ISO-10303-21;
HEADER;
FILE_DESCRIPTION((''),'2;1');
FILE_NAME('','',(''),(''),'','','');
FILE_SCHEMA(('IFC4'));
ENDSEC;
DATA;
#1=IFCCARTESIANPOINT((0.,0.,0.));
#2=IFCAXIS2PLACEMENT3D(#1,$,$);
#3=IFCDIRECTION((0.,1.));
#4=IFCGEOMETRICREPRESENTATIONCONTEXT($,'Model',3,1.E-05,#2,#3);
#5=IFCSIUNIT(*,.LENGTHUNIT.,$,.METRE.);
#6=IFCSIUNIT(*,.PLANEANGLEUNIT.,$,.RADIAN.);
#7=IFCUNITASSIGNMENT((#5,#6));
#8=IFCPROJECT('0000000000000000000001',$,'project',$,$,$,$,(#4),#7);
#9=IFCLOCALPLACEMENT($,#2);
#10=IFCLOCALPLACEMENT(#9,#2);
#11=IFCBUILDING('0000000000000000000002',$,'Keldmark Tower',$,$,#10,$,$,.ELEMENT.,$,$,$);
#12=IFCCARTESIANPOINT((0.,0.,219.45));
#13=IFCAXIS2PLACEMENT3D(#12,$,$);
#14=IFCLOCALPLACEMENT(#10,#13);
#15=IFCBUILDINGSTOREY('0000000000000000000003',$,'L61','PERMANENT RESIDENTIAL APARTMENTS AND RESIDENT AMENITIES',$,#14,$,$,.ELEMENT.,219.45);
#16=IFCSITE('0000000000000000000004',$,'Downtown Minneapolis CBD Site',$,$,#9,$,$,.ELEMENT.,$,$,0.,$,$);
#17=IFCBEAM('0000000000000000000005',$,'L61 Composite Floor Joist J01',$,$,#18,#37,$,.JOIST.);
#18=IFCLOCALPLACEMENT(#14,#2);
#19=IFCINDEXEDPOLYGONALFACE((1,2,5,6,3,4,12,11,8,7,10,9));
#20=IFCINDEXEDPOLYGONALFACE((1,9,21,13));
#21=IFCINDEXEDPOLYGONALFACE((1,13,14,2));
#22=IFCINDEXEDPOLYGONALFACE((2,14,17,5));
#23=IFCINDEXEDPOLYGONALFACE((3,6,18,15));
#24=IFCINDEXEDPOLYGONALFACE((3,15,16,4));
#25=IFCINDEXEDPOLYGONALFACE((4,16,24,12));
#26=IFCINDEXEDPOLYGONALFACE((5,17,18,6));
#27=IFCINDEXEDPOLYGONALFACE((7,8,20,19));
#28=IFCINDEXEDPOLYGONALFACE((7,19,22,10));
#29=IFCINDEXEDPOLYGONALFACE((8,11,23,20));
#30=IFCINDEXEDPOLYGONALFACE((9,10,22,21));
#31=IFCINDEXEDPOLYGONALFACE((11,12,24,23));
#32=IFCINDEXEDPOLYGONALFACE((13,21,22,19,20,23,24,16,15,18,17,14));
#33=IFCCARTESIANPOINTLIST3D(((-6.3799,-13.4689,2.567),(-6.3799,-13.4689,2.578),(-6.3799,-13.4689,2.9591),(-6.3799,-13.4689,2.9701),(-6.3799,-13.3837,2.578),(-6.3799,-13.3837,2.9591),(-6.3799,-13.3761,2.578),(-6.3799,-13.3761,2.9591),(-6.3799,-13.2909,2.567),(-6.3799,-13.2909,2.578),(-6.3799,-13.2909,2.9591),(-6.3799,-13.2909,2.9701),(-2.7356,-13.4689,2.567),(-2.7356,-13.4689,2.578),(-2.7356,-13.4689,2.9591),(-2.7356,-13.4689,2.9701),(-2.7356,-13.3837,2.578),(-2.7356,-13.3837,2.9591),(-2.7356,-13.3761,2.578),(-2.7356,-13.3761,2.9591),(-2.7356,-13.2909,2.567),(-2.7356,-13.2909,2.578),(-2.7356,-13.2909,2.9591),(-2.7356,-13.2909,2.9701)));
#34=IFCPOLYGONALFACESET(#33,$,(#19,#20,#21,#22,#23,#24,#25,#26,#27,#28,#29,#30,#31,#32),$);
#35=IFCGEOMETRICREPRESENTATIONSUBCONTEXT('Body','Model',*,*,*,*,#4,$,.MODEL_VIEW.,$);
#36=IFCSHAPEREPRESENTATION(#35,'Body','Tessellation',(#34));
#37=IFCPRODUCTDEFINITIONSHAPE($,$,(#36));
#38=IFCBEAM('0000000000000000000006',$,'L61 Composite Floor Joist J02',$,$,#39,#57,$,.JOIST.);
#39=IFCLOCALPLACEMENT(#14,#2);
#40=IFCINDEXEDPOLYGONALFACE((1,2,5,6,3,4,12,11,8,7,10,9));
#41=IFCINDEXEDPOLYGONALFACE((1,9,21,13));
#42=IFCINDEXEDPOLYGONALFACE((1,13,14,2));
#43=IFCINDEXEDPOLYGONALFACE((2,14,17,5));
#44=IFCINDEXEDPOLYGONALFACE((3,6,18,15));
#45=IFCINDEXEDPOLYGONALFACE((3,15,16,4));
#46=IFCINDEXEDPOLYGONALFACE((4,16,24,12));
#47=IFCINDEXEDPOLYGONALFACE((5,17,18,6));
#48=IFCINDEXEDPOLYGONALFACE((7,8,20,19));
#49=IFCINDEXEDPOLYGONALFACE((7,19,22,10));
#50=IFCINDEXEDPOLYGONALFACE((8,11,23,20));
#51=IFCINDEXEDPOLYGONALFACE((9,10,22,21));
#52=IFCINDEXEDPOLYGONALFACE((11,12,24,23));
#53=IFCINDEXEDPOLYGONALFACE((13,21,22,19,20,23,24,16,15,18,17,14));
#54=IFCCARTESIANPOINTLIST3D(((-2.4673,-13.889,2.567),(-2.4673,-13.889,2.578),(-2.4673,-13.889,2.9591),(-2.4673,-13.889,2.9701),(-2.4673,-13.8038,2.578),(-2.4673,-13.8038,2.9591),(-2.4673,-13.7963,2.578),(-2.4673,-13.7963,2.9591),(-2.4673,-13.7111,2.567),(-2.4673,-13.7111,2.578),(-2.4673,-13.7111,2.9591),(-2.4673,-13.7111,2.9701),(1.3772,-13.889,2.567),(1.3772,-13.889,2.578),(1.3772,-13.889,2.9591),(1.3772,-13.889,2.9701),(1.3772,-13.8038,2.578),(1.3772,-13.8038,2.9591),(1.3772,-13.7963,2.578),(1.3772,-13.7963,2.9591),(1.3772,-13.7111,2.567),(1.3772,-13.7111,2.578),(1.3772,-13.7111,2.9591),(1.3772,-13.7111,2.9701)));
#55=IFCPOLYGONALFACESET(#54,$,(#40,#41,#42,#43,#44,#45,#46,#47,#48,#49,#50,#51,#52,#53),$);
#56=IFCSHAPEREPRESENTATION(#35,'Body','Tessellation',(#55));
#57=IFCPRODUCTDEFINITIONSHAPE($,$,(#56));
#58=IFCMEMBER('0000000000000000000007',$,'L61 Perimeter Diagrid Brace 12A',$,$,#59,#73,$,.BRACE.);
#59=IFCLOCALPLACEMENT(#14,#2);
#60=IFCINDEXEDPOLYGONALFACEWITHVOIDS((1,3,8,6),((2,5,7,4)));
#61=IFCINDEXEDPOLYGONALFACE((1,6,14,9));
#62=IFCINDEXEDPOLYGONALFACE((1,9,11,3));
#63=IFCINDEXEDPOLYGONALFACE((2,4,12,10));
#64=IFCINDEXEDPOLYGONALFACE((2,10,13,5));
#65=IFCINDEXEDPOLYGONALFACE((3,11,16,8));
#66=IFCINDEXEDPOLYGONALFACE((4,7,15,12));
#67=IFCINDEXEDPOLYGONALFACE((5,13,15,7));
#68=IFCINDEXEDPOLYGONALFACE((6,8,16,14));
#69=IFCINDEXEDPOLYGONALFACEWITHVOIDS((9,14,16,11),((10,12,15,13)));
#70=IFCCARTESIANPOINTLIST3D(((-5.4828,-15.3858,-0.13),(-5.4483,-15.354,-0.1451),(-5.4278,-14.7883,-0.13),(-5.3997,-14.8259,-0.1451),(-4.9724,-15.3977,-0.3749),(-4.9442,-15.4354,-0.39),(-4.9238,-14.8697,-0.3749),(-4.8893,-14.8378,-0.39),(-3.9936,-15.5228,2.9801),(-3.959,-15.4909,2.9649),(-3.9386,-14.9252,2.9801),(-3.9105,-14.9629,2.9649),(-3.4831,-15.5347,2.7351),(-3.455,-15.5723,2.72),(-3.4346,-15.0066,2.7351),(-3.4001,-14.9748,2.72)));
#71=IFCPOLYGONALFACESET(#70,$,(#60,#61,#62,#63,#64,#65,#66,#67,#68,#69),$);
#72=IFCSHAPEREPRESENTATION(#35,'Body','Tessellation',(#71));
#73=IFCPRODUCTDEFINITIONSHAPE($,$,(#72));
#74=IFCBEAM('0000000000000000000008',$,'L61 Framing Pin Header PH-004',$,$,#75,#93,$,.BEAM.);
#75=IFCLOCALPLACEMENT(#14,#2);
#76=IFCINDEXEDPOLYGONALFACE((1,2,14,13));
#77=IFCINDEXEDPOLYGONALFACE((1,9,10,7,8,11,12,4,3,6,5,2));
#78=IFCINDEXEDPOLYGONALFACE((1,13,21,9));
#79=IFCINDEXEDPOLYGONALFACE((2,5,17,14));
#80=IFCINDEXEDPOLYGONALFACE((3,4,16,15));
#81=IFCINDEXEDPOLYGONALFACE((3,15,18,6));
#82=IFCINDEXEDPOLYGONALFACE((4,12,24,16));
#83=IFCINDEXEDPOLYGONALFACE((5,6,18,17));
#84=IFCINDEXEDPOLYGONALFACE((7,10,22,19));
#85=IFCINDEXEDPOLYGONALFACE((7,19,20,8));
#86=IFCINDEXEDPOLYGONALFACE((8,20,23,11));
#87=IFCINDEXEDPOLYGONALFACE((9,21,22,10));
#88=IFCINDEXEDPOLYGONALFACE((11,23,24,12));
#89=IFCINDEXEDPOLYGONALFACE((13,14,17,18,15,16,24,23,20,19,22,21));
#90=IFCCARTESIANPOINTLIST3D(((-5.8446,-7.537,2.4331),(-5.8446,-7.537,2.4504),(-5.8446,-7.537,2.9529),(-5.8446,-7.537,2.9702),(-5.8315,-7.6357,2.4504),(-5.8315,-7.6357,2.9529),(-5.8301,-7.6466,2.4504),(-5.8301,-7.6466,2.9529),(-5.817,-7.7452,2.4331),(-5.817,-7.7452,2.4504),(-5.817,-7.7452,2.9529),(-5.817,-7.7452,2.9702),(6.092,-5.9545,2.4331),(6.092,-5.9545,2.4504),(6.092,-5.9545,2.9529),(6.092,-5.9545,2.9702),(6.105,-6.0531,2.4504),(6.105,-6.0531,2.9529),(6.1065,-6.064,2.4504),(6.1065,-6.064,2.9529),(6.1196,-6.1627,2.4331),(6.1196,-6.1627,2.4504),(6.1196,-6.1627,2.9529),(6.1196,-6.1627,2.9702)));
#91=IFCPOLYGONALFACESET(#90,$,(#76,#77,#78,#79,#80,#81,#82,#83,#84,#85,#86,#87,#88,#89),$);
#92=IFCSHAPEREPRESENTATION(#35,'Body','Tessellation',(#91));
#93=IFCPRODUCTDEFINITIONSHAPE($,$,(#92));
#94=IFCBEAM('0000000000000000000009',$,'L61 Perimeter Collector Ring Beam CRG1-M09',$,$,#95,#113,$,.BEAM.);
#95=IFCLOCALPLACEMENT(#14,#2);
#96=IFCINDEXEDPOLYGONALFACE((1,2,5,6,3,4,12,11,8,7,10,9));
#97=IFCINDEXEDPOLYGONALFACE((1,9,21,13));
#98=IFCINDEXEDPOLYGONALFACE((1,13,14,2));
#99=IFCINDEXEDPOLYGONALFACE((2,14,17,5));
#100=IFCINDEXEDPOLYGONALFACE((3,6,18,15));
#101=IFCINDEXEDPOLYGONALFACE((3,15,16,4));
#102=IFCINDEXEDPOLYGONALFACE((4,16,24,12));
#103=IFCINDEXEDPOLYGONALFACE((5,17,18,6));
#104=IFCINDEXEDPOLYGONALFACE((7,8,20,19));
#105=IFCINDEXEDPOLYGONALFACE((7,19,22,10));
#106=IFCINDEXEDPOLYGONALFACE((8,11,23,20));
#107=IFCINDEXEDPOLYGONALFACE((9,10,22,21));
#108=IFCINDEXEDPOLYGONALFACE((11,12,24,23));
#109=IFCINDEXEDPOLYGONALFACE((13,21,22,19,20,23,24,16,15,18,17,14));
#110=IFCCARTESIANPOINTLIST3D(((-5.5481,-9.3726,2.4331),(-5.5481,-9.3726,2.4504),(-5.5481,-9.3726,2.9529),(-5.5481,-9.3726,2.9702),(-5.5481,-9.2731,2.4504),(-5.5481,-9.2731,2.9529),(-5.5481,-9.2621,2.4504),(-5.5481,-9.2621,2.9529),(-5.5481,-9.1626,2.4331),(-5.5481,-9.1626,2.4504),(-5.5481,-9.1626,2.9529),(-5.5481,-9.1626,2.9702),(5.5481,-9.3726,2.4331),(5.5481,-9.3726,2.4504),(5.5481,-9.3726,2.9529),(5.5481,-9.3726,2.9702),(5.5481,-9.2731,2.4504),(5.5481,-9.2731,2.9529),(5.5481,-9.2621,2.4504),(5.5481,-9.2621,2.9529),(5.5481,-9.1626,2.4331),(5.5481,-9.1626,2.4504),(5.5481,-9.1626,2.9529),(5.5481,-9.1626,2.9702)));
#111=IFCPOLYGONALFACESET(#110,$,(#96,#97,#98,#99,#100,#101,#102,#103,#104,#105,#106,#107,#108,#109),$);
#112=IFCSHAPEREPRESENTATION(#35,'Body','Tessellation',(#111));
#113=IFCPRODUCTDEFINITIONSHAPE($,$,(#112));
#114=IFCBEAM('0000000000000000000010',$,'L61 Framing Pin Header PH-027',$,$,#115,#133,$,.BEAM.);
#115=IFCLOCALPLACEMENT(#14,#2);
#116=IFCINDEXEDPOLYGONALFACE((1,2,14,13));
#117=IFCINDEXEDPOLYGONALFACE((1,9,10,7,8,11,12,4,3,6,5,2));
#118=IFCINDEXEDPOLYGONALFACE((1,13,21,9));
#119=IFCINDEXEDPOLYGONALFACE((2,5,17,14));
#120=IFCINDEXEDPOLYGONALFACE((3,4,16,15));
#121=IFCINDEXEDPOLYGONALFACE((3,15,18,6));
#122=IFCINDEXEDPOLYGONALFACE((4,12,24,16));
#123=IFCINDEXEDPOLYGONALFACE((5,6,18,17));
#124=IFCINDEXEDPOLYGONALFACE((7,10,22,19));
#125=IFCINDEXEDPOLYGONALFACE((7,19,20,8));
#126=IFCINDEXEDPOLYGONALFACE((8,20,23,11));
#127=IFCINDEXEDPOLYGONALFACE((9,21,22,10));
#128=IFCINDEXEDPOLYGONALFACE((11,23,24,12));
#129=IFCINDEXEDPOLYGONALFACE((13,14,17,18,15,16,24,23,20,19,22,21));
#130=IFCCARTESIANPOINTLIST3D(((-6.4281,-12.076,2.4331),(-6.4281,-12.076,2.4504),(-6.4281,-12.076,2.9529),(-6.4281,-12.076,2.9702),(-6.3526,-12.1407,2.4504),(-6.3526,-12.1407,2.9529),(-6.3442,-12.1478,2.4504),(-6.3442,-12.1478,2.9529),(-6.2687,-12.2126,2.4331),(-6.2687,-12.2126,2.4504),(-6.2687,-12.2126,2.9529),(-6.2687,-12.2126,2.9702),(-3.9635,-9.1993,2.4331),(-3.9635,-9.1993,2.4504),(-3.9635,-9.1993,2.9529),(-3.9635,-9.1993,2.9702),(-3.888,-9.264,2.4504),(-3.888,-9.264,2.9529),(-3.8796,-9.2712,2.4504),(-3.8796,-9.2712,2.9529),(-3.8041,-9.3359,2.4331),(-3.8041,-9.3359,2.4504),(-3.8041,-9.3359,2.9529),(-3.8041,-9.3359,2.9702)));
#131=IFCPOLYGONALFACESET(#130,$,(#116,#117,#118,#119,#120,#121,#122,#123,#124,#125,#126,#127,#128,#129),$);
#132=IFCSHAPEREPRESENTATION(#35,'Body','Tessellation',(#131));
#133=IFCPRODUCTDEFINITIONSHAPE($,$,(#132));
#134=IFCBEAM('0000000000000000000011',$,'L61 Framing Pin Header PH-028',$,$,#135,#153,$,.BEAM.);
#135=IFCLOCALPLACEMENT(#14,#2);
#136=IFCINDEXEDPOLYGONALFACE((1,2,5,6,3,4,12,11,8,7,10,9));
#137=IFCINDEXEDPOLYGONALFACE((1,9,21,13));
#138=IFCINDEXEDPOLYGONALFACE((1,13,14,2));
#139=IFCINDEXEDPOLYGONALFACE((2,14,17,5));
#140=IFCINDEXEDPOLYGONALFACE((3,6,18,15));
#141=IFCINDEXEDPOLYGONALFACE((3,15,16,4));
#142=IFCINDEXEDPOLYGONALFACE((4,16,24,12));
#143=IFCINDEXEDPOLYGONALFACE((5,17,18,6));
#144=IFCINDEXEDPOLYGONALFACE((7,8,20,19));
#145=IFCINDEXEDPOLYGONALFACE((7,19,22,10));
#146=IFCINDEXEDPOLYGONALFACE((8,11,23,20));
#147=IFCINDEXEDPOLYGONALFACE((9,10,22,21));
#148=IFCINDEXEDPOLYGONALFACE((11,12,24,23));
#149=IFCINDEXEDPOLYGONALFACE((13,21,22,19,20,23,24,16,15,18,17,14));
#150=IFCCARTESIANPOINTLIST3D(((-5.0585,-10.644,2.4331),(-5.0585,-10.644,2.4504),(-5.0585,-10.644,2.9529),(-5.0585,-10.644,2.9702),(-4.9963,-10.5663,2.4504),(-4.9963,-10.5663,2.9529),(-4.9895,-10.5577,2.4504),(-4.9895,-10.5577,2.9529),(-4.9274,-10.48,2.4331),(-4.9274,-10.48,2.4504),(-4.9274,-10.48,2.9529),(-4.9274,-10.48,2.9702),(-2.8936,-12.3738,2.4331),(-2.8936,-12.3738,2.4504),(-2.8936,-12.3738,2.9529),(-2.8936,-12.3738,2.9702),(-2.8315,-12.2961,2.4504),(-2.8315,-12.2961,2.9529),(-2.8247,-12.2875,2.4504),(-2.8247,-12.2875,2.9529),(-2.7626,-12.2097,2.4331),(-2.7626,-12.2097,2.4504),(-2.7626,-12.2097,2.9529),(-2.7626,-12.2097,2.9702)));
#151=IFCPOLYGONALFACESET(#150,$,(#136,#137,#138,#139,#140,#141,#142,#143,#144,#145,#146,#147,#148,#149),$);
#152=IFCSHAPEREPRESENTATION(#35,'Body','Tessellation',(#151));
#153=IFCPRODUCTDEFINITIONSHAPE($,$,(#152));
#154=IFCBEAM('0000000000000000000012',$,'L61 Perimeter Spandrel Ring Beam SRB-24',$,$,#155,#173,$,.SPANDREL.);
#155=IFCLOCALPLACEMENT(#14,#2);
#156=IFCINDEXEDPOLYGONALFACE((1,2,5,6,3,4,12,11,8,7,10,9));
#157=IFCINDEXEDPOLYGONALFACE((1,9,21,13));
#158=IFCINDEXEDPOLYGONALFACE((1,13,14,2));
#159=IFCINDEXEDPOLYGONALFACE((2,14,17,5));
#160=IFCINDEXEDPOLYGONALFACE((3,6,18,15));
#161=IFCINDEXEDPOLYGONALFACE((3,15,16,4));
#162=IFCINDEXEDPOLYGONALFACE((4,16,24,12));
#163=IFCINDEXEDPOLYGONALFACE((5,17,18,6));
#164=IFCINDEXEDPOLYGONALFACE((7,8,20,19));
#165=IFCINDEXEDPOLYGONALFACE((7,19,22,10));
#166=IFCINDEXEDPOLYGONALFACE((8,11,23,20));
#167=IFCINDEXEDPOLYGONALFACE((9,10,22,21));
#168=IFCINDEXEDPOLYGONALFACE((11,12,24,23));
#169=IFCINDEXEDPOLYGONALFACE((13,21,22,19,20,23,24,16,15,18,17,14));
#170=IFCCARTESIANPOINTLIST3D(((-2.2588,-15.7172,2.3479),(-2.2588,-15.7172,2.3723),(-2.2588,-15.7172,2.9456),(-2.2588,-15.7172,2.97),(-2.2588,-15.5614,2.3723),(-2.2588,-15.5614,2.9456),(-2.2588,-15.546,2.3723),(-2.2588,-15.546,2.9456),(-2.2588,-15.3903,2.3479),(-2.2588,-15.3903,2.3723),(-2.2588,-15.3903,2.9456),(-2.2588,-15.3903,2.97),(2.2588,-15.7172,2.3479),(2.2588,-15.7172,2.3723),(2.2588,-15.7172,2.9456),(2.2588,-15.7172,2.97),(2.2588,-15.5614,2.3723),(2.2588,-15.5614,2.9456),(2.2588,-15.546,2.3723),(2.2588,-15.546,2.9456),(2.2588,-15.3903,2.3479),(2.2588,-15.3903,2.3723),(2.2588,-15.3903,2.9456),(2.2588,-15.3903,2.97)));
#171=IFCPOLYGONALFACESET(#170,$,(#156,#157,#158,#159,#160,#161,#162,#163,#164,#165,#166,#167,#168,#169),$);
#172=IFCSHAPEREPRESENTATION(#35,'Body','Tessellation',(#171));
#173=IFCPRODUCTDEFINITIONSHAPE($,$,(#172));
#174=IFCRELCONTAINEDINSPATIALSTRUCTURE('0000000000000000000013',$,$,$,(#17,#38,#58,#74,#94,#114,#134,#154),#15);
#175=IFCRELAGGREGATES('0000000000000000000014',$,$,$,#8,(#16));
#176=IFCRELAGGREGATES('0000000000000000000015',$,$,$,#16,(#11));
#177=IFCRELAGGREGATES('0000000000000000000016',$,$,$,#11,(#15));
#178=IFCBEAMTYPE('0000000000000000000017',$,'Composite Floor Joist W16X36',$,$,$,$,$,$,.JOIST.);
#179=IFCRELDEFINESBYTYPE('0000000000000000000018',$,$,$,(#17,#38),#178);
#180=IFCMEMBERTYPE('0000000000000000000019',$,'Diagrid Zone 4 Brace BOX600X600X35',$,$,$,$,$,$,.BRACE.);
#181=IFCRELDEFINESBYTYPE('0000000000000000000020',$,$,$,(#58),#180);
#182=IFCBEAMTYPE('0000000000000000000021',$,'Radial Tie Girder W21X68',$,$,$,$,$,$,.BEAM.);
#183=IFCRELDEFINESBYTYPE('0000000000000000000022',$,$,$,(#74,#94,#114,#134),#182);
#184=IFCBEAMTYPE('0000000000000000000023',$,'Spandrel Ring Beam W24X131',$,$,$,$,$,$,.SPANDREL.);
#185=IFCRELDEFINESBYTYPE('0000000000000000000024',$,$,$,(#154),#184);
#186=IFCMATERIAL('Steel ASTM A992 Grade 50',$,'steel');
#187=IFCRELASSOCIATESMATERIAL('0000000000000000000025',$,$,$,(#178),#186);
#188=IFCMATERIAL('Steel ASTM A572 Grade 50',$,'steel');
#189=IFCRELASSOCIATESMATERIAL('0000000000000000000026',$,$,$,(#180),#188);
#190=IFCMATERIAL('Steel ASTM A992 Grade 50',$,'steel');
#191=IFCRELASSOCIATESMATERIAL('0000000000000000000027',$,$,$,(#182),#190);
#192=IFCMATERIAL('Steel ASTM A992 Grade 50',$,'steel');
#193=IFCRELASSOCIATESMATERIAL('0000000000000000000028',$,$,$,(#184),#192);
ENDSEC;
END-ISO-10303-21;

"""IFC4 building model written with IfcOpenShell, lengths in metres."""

from ifc_helpers import new_model, si_unit, direction, frame, origin, origin_2d, place, context, subcontext, project, spatial, hollow_rectangle, i_section, extrude, material, material_profile, profile_set, type_object, element, save


model = new_model("IFC4")

# Units and contexts
model_context = context("Model", 3, precision=1e-05, world=origin(), true_north=direction((0.0, 1.0)))
body_context = subcontext(model_context, "Body", "Model", "MODEL_VIEW")
ifc_project = project(units=[si_unit("LENGTHUNIT", "METRE"), si_unit("PLANEANGLEUNIT", "RADIAN")], contexts=[model_context])

# Site, building, storey
site_placement = place(None, origin())
site = spatial("IfcSite", under=ifc_project, at=site_placement, Name="Downtown Minneapolis CBD Site", CompositionType="ELEMENT", RefElevation=0.0)
building_placement = place(site_placement, origin())
building = spatial("IfcBuilding", under=site, at=building_placement, Name="Keldmark Tower", CompositionType="ELEMENT")
storey_placement = place(building_placement, frame((0.0, 0.0, 219.45)))
storey = spatial("IfcBuildingStorey", under=building, at=storey_placement, Name="L61", Description="PERMANENT RESIDENTIAL APARTMENTS AND RESIDENT AMENITIES", CompositionType="ELEMENT", Elevation=219.45)

# Beams
ifc_material_1 = material(Name="Steel ASTM A992 Grade 50", Category="steel")
ifc_material_profile_1 = material_profile(ifc_material_1, i_section(OverallWidth=0.178, OverallDepth=0.4031, WebThickness=0.0076, FlangeThickness=0.011, at=origin_2d()), Name="W16X36")
ifc_profile_set_1 = profile_set([ifc_material_profile_1], Name="Steel ASTM A992 Grade 50")
beam_type_1 = type_object("IfcBeamType", Name="Composite Floor Joist W16X36", PredefinedType="JOIST", material=ifc_profile_set_1)
beam_1_placement = place(storey_placement, frame((-6.3799, -13.3799, 2.7686), z_axis=(1.0, 0.0, 0.0), x_axis=(0.0, 1.0, 0.0)))
element("IfcBeam", 1, at=beam_1_placement, inside=storey, type_object=beam_type_1, Name="L61 Composite Floor Joist J01", PredefinedType="JOIST", context=body_context, shape_type="SweptSolid", body=[
    extrude(i_section(OverallWidth=0.178, OverallDepth=0.4031, WebThickness=0.0076, FlangeThickness=0.011, at=origin_2d()), origin(), (0.0, 0.0, 1.0), 3.6443),
])
beam_2_placement = place(storey_placement, frame((-2.4673, -13.8, 2.7686), z_axis=(1.0, 0.0, 0.0), x_axis=(0.0, 1.0, 0.0)))
element("IfcBeam", 2, at=beam_2_placement, inside=storey, type_object=beam_type_1, Name="L61 Composite Floor Joist J02", PredefinedType="JOIST", context=body_context, shape_type="SweptSolid", body=[
    extrude(i_section(OverallWidth=0.178, OverallDepth=0.4031, WebThickness=0.0076, FlangeThickness=0.011, at=origin_2d()), origin(), (0.0, 0.0, 1.0), 3.8445),
])

# Member
ifc_material_2 = material(Name="Steel ASTM A572 Grade 50", Category="steel")
ifc_material_profile_2 = material_profile(ifc_material_2, hollow_rectangle(XDim=0.6001, YDim=0.6001, WallThickness=0.0349, at=origin_2d()), Name="BOX600X600X35")
ifc_profile_set_2 = profile_set([ifc_material_profile_2], Name="Steel ASTM A572 Grade 50")
member_type = type_object("IfcMemberType", Name="Diagrid Zone 4 Brace BOX600X600X35", PredefinedType="BRACE", material=ifc_profile_set_2)
member_placement = place(storey_placement, frame((-5.186, -15.1118, -0.26), z_axis=(0.431544, -0.039688, 0.901219), x_axis=(0.091581, 0.995798, 0.0)))
element("IfcMember", 3, at=member_placement, inside=storey, type_object=member_type, Name="L61 Perimeter Diagrid Brace 12A", PredefinedType="BRACE", context=body_context, shape_type="SweptSolid", body=[
    extrude(hollow_rectangle(XDim=0.6001, YDim=0.6001, WallThickness=0.0349, at=origin_2d()), origin(), (0.0, 0.0, 1.0), 3.4509),
])

# Beams
ifc_material_3 = material(Name="Steel ASTM A992 Grade 50", Category="steel")
ifc_material_profile_3 = material_profile(ifc_material_3, i_section(OverallWidth=0.21, OverallDepth=0.5371, WebThickness=0.011, FlangeThickness=0.0173, at=origin_2d()), Name="W21X68")
ifc_profile_set_3 = profile_set([ifc_material_profile_3], Name="Steel ASTM A992 Grade 50")
beam_type_2 = type_object("IfcBeamType", Name="Radial Tie Girder W21X68", PredefinedType="BEAM", material=ifc_profile_set_3)
beam_3_placement = place(storey_placement, frame((-5.8308, -7.6411, 2.7017), z_axis=(0.991326, 0.131428, 0.0), x_axis=(-0.131428, 0.991326, 0.0)))
element("IfcBeam", 4, at=beam_3_placement, inside=storey, type_object=beam_type_2, Name="L61 Framing Pin Header PH-004", PredefinedType="BEAM", context=body_context, shape_type="SweptSolid", body=[
    extrude(i_section(OverallWidth=0.21, OverallDepth=0.5371, WebThickness=0.011, FlangeThickness=0.0173, at=origin_2d()), origin(), (0.0, 0.0, 1.0), 12.041),
])
beam_4_placement = place(storey_placement, frame((-5.5481, -9.2676, 2.7017), z_axis=(1.0, 0.0, 0.0), x_axis=(0.0, 1.0, 0.0)))
element("IfcBeam", 5, at=beam_4_placement, inside=storey, type_object=beam_type_2, Name="L61 Perimeter Collector Ring Beam CRG1-M09", PredefinedType="BEAM", context=body_context, shape_type="SweptSolid", body=[
    extrude(i_section(OverallWidth=0.21, OverallDepth=0.5371, WebThickness=0.011, FlangeThickness=0.0173, at=origin_2d()), origin(), (0.0, 0.0, 1.0), 11.0962),
])
beam_5_placement = place(storey_placement, frame((-3.8838, -9.2676, 2.7017), z_axis=(-0.650616, -0.759407, 0.0), x_axis=(0.759407, -0.650616, 0.0)))
element("IfcBeam", 6, at=beam_5_placement, inside=storey, type_object=beam_type_2, Name="L61 Framing Pin Header PH-027", PredefinedType="BEAM", context=body_context, shape_type="SweptSolid", body=[
    extrude(i_section(OverallWidth=0.21, OverallDepth=0.5371, WebThickness=0.011, FlangeThickness=0.0173, at=origin_2d()), origin(), (0.0, 0.0, 1.0), 3.7881),
])
beam_6_placement = place(storey_placement, frame((-4.9929, -10.562, 2.7017), z_axis=(0.781238, -0.624233, 0.0), x_axis=(0.624233, 0.781238, 0.0)))
element("IfcBeam", 7, at=beam_6_placement, inside=storey, type_object=beam_type_2, Name="L61 Framing Pin Header PH-028", PredefinedType="BEAM", context=body_context, shape_type="SweptSolid", body=[
    extrude(i_section(OverallWidth=0.21, OverallDepth=0.5371, WebThickness=0.011, FlangeThickness=0.0173, at=origin_2d()), origin(), (0.0, 0.0, 1.0), 2.771),
])
ifc_material_4 = material(Name="Steel ASTM A992 Grade 50", Category="steel")
ifc_material_profile_4 = material_profile(ifc_material_4, i_section(OverallWidth=0.3269, OverallDepth=0.6221, WebThickness=0.0154, FlangeThickness=0.0244, at=origin_2d()), Name="W24X131")
ifc_profile_set_4 = profile_set([ifc_material_profile_4], Name="Steel ASTM A992 Grade 50")
beam_type_3 = type_object("IfcBeamType", Name="Spandrel Ring Beam W24X131", PredefinedType="SPANDREL", material=ifc_profile_set_4)
beam_7_placement = place(storey_placement, frame((-2.2588, -15.5537, 2.6589), z_axis=(1.0, 0.0, 0.0), x_axis=(0.0, 1.0, 0.0)))
element("IfcBeam", 8, at=beam_7_placement, inside=storey, type_object=beam_type_3, Name="L61 Perimeter Spandrel Ring Beam SRB-24", PredefinedType="SPANDREL", context=body_context, shape_type="SweptSolid", body=[
    extrude(i_section(OverallWidth=0.3269, OverallDepth=0.6221, WebThickness=0.0154, FlangeThickness=0.0244, at=origin_2d()), origin(), (0.0, 0.0, 1.0), 4.5176),
])

save(model, "model.ifc")
